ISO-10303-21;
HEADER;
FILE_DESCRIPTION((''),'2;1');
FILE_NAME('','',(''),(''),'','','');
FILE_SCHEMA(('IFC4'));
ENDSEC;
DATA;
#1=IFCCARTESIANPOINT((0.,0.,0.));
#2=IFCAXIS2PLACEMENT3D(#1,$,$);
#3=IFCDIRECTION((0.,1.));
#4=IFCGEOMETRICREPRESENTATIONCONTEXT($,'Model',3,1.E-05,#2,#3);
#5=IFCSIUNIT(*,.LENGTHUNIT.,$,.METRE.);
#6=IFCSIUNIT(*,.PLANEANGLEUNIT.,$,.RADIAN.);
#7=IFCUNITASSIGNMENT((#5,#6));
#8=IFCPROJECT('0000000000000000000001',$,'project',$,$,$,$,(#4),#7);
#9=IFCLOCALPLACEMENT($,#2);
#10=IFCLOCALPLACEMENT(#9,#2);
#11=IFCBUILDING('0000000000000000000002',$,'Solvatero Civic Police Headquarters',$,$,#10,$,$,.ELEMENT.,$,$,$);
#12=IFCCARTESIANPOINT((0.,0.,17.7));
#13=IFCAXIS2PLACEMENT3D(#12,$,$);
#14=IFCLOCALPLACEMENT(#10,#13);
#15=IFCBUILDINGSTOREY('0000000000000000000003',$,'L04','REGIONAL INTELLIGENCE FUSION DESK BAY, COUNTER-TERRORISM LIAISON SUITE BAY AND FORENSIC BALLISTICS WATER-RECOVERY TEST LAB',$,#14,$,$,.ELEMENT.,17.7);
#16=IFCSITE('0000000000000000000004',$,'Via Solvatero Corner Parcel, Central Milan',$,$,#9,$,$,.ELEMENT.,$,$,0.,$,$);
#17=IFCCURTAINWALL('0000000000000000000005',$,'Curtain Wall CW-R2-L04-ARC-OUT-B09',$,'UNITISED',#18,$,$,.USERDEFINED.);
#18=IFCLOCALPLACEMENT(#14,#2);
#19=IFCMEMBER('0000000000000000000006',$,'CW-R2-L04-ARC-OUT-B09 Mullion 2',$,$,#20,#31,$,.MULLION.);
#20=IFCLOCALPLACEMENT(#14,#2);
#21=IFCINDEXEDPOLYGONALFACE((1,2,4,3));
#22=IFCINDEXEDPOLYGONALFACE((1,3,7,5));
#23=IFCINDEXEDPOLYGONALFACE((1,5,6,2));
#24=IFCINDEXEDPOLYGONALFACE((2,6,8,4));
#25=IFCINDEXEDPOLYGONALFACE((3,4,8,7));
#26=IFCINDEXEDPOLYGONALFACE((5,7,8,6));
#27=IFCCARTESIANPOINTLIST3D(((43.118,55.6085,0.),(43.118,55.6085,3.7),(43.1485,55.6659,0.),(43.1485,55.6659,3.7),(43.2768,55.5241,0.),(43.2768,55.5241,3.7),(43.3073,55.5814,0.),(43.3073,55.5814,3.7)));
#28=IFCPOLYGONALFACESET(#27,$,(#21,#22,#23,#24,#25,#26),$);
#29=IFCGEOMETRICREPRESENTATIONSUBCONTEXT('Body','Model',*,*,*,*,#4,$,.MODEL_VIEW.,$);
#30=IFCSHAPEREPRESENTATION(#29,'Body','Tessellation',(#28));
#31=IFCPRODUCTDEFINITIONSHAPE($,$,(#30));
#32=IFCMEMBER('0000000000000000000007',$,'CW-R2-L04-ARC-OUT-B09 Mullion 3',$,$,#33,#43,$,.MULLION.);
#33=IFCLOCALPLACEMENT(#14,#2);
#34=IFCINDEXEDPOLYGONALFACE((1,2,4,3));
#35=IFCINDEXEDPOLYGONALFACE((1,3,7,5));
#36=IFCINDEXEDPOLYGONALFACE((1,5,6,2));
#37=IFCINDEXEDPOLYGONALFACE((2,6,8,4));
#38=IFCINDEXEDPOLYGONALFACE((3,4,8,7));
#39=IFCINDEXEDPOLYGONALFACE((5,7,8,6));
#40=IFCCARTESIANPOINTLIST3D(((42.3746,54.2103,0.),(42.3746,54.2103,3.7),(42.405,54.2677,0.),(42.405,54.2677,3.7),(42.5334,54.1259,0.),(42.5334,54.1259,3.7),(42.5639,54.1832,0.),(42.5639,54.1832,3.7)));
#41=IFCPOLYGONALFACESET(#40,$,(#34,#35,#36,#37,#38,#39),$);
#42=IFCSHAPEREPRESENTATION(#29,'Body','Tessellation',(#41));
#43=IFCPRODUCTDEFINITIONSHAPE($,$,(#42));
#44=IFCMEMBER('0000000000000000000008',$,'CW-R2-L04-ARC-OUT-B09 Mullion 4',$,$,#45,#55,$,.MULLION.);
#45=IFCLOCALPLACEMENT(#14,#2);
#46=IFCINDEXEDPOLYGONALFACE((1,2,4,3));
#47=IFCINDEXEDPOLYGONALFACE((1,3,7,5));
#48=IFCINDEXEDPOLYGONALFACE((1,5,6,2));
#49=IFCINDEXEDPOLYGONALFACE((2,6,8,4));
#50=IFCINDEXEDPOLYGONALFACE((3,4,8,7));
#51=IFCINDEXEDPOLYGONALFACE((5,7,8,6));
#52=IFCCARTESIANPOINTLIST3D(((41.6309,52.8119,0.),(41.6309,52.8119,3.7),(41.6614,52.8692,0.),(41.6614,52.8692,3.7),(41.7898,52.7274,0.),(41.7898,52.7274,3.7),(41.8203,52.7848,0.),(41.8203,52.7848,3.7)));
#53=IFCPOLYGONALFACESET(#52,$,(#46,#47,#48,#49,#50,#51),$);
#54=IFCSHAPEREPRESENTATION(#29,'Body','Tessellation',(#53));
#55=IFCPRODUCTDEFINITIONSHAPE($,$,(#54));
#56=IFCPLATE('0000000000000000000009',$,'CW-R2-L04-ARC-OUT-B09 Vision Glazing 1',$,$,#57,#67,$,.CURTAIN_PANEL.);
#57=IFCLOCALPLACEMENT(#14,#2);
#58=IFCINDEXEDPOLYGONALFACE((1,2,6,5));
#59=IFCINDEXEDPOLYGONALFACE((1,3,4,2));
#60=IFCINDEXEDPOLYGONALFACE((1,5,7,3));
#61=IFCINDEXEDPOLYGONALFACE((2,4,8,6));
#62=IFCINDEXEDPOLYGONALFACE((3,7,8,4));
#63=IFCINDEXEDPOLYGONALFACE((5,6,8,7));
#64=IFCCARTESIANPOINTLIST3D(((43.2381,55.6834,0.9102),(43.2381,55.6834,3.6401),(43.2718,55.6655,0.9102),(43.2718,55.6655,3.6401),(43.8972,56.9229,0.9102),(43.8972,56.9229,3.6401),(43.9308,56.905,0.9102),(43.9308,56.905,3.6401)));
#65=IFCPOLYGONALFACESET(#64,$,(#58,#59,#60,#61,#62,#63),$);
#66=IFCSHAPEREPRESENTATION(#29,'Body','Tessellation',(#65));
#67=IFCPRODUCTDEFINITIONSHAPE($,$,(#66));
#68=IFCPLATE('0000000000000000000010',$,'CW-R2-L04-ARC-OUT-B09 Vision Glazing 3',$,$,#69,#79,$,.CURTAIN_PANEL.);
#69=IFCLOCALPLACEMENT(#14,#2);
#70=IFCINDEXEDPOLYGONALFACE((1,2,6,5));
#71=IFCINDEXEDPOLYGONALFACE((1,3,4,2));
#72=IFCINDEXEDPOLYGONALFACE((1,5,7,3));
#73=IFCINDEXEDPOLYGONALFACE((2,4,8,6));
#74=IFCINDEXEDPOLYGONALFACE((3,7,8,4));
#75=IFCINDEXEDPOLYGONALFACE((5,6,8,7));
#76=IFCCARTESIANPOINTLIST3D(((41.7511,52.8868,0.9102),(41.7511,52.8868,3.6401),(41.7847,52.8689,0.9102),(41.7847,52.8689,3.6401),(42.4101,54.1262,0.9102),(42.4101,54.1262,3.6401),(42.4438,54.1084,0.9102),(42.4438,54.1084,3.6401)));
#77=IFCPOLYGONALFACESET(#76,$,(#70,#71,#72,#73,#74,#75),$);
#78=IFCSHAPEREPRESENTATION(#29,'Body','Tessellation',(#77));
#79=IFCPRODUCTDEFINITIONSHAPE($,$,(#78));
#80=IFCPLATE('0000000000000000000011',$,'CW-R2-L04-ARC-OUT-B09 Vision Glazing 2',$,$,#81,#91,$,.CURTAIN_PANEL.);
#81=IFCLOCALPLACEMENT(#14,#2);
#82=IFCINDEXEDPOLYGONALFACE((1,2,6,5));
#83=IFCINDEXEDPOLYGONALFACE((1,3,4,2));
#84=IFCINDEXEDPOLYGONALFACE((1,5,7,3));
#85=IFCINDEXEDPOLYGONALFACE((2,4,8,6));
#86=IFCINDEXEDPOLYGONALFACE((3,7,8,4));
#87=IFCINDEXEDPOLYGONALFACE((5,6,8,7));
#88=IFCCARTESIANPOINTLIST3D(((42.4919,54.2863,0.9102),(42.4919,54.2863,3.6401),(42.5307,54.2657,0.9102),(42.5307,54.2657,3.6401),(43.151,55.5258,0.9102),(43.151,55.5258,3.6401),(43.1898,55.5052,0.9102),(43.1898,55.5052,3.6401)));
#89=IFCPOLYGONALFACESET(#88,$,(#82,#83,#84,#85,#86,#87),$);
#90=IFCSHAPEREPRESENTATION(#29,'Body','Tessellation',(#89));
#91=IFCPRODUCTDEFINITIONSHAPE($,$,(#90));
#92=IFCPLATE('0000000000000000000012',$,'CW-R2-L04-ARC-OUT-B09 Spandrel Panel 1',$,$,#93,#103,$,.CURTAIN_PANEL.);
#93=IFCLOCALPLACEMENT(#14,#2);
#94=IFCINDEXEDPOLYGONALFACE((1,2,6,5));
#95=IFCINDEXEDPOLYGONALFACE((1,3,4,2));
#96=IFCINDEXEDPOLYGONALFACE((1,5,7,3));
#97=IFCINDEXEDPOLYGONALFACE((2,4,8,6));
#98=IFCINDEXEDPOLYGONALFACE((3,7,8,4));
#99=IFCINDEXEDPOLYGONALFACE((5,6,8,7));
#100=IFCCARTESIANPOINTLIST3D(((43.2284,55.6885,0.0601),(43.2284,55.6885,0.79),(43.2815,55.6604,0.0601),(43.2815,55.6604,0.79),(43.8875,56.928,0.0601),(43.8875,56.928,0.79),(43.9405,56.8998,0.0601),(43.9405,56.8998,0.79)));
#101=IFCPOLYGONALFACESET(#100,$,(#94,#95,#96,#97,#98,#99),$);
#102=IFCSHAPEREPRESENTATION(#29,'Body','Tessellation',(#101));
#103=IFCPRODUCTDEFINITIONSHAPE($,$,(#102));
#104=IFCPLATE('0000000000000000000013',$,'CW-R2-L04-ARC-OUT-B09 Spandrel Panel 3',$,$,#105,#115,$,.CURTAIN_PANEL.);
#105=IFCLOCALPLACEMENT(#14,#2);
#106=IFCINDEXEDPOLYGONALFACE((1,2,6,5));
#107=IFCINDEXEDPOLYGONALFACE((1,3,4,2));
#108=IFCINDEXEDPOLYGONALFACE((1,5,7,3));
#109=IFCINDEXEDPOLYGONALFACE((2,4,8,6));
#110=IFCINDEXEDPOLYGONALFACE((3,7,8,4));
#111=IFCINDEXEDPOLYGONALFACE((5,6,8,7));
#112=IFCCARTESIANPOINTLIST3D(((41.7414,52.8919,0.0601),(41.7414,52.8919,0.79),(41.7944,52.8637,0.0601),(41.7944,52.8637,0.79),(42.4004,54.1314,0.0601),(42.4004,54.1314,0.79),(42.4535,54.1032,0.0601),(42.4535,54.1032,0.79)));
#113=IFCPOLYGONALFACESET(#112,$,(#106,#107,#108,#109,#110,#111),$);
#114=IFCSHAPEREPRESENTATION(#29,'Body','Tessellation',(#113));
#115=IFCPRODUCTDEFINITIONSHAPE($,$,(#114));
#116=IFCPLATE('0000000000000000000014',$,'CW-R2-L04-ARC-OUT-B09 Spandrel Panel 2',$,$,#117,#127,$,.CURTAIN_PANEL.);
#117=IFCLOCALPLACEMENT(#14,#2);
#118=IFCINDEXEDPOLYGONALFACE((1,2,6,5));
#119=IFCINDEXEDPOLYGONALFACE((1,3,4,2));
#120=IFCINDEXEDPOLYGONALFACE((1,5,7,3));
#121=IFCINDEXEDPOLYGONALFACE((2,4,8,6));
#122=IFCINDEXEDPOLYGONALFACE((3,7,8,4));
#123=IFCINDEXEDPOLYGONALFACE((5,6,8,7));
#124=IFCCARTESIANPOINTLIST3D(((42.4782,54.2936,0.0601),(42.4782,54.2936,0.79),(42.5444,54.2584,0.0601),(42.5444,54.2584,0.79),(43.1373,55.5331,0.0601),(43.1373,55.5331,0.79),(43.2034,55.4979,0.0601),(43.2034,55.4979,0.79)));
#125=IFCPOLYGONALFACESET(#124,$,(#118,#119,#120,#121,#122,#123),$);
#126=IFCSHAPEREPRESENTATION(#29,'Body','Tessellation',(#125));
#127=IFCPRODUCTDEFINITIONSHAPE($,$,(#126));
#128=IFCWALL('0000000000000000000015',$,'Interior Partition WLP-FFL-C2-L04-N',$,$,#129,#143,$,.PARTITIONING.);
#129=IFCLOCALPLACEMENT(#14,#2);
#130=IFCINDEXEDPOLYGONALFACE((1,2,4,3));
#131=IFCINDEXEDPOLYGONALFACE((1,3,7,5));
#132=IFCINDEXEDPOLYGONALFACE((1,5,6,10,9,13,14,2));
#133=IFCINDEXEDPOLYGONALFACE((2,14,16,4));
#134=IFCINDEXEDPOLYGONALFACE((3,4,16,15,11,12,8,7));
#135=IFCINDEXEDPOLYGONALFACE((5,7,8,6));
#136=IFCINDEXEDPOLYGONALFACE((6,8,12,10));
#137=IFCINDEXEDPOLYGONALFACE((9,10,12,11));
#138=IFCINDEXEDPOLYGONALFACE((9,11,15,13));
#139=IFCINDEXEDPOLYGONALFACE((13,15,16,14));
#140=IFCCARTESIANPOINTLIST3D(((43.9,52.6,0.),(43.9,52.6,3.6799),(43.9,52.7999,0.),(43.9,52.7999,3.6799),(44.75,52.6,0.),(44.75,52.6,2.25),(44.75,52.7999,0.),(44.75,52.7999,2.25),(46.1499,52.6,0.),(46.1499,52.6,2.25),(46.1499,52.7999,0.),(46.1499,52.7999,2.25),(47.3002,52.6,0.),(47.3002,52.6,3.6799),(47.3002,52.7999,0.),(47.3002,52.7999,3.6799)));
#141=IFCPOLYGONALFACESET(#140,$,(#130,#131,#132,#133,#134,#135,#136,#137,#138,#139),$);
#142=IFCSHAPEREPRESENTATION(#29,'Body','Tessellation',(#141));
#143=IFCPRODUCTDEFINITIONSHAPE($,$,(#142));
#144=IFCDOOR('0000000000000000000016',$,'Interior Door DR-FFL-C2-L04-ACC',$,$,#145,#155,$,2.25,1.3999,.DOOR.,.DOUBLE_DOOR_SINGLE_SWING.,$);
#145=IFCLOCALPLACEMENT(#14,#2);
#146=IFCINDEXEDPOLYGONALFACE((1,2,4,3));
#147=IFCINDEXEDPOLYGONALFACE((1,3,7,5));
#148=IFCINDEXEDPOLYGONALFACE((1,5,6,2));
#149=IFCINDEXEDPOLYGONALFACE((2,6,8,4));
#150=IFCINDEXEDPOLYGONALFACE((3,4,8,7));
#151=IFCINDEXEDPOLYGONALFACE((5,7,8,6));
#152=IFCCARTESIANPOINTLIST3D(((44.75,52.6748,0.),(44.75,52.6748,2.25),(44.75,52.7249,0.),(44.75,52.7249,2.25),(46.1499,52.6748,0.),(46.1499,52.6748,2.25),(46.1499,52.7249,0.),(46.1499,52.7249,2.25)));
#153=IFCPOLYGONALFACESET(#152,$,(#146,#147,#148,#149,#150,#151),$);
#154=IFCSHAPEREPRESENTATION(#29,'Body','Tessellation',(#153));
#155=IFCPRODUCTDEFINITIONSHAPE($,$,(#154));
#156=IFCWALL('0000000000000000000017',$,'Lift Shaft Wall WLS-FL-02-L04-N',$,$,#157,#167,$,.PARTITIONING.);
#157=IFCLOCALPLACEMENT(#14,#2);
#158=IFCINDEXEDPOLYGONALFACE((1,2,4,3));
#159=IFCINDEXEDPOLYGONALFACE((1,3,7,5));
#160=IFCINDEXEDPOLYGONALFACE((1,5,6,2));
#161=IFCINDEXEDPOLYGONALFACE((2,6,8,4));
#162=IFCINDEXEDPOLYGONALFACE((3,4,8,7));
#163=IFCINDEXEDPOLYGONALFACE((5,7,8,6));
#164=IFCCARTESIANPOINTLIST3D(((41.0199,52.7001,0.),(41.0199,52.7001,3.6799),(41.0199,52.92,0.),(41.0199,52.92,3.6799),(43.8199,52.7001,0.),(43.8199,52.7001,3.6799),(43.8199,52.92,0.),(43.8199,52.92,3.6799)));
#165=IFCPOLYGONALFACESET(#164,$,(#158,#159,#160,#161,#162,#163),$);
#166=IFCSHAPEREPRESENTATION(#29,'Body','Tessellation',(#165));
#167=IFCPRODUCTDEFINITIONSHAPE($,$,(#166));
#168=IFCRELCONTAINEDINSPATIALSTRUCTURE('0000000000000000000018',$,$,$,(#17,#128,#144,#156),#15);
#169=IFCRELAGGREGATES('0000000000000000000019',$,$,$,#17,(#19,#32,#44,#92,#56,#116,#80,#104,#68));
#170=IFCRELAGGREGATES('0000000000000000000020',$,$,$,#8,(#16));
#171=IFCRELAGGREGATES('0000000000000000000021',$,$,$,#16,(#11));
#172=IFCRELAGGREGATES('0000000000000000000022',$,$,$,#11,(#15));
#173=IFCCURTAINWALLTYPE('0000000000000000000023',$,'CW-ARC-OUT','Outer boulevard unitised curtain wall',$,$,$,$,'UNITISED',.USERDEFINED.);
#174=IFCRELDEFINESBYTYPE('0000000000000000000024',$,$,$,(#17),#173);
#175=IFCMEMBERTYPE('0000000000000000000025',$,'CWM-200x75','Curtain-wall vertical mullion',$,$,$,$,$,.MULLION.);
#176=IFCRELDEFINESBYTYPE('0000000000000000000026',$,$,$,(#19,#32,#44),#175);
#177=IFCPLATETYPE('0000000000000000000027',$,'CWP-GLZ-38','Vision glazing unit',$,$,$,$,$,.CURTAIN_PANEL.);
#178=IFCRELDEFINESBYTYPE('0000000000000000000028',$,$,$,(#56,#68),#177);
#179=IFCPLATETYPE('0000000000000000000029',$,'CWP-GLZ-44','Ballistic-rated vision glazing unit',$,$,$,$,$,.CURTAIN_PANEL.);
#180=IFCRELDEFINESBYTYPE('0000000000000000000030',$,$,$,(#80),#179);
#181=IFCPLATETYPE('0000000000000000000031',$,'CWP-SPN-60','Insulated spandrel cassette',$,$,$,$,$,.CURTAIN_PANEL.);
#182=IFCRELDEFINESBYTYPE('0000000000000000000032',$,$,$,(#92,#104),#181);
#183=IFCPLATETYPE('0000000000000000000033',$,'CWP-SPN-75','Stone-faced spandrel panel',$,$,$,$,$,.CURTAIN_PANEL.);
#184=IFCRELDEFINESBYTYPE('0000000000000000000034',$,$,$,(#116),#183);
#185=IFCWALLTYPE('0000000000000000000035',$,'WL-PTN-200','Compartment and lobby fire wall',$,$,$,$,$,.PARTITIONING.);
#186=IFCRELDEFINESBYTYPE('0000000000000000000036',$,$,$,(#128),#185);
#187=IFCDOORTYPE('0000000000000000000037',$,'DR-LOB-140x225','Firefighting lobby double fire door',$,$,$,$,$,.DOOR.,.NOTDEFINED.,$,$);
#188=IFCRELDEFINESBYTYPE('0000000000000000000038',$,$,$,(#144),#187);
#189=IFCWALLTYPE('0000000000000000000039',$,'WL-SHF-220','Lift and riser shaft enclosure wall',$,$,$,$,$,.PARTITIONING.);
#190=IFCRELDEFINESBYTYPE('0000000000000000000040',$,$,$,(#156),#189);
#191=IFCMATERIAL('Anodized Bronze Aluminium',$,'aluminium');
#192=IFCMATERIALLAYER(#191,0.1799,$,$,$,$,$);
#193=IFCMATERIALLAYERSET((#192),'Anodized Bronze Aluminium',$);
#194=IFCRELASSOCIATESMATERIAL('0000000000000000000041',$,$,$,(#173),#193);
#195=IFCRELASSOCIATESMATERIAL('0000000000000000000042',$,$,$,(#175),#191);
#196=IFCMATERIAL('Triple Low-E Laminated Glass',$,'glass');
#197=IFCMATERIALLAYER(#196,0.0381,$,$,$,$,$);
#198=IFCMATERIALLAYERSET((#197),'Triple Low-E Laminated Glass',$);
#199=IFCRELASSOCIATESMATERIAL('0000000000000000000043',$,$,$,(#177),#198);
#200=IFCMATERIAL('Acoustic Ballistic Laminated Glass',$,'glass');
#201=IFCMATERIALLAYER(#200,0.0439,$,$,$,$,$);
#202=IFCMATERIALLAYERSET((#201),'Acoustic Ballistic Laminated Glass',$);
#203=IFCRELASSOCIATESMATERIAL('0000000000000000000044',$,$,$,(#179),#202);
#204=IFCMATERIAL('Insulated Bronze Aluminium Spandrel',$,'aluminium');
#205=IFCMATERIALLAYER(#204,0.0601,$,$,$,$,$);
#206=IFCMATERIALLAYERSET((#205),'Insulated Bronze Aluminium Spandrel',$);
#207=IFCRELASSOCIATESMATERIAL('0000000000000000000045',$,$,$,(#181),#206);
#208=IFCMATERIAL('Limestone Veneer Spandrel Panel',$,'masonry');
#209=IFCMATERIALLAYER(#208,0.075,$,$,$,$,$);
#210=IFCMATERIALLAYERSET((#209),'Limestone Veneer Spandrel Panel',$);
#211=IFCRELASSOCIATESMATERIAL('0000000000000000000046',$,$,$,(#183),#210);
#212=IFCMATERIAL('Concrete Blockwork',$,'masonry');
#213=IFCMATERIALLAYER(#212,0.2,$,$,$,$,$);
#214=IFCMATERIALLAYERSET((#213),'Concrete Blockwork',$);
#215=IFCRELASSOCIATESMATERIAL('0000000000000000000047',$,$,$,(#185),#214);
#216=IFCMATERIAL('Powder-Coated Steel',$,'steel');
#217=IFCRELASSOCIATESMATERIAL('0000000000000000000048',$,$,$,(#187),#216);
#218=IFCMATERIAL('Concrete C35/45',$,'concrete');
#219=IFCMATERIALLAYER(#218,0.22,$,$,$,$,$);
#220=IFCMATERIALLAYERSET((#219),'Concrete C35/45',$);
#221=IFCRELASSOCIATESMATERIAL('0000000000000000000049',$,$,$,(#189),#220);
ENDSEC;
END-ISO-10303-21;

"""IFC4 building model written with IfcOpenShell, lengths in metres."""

from ifc_helpers import new_model, si_unit, direction, frame, frame_2d, origin, origin_2d, place, context, subcontext, project, spatial, rectangle, extrude, material, layer, layer_set, material_profile, profile_set, type_object, element, fill, aggregate, save


model = new_model("IFC4")

# Units and contexts
model_context = context("Model", 3, precision=1e-05, world=origin(), true_north=direction((0.0, 1.0)))
body_context = subcontext(model_context, "Body", "Model", "MODEL_VIEW")
ifc_project = project(units=[si_unit("LENGTHUNIT", "METRE"), si_unit("PLANEANGLEUNIT", "RADIAN")], contexts=[model_context])

# Site, building, storey
site_placement = place(None, origin())
site = spatial("IfcSite", under=ifc_project, at=site_placement, Name="Via Solvatero Corner Parcel, Central Milan", CompositionType="ELEMENT", RefElevation=0.0)
building_placement = place(site_placement, origin())
building = spatial("IfcBuilding", under=site, at=building_placement, Name="Solvatero Civic Police Headquarters", CompositionType="ELEMENT")
storey_placement = place(building_placement, frame((0.0, 0.0, 17.7)))
storey = spatial("IfcBuildingStorey", under=building, at=storey_placement, Name="L04", Description="REGIONAL INTELLIGENCE FUSION DESK BAY, COUNTER-TERRORISM LIAISON SUITE BAY AND FORENSIC BALLISTICS WATER-RECOVERY TEST LAB", CompositionType="ELEMENT", Elevation=17.7)

# Curtain wall, members, plates
ifc_material_1 = material(Name="Anodized Bronze Aluminium", Category="aluminium")
ifc_layer_1 = layer(ifc_material_1, 0.1799)
ifc_layer_set_1 = layer_set([ifc_layer_1], Name="Anodized Bronze Aluminium")
curtain_wall_type = type_object("IfcCurtainWallType", Name="CW-ARC-OUT", Description="Outer boulevard unitised curtain wall", ElementType="UNITISED", PredefinedType="USERDEFINED", material=ifc_layer_set_1)
curtain_wall_placement = place(storey_placement, origin())
curtain_wall = element("IfcCurtainWall", 1, at=curtain_wall_placement, inside=storey, type_object=curtain_wall_type, Name="Curtain Wall CW-R2-L04-ARC-OUT-B09", ObjectType="UNITISED", PredefinedType="USERDEFINED")
ifc_material_profile = material_profile(ifc_material_1, rectangle(XDim=0.0649, YDim=0.1799, at=origin_2d()), Name="ALU MULLION 65x180")
ifc_profile_set = profile_set([ifc_material_profile], Name="Anodized Bronze Aluminium")
member_type = type_object("IfcMemberType", Name="CWM-200x75", Description="Curtain-wall vertical mullion", PredefinedType="MULLION", material=ifc_profile_set)
member_1_placement = place(storey_placement, frame((43.2126, 55.595, 0.0), z_axis=(0.0, 0.0, 1.0), x_axis=(-0.469487, -0.882939, 0.0)))
member_1 = element("IfcMember", 2, at=member_1_placement, type_object=member_type, Name="CW-R2-L04-ARC-OUT-B09 Mullion 2", PredefinedType="MULLION", context=body_context, shape_type="SweptSolid", body=[
    extrude(rectangle(XDim=0.0649, YDim=0.1799, at=origin_2d()), origin(), (0.0, 0.0, 1.0), 3.7),
])
member_2_placement = place(storey_placement, frame((42.4692, 54.1968, 0.0), z_axis=(0.0, 0.0, 1.0), x_axis=(-0.469487, -0.882939, 0.0)))
member_2 = element("IfcMember", 3, at=member_2_placement, type_object=member_type, Name="CW-R2-L04-ARC-OUT-B09 Mullion 3", PredefinedType="MULLION", context=body_context, shape_type="SweptSolid", body=[
    extrude(rectangle(XDim=0.0649, YDim=0.1799, at=origin_2d()), origin(), (0.0, 0.0, 1.0), 3.7),
])
member_3_placement = place(storey_placement, frame((41.7256, 52.7983, 0.0), z_axis=(0.0, 0.0, 1.0), x_axis=(-0.469487, -0.882939, 0.0)))
member_3 = element("IfcMember", 4, at=member_3_placement, type_object=member_type, Name="CW-R2-L04-ARC-OUT-B09 Mullion 4", PredefinedType="MULLION", context=body_context, shape_type="SweptSolid", body=[
    extrude(rectangle(XDim=0.0649, YDim=0.1799, at=origin_2d()), origin(), (0.0, 0.0, 1.0), 3.7),
])
ifc_material_2 = material(Name="Triple Low-E Laminated Glass", Category="glass")
ifc_layer_2 = layer(ifc_material_2, 0.0381)
ifc_layer_set_2 = layer_set([ifc_layer_2], Name="Triple Low-E Laminated Glass")
plate_type_1 = type_object("IfcPlateType", Name="CWP-GLZ-38", Description="Vision glazing unit", PredefinedType="CURTAIN_PANEL", material=ifc_layer_set_2)
plate_1_placement = place(storey_placement, frame((43.5845, 56.2942, 0.9102), z_axis=(0.0, 0.0, 1.0), x_axis=(-0.469487, -0.882939, 0.0)))
plate_1 = element("IfcPlate", 5, at=plate_1_placement, type_object=plate_type_1, Name="CW-R2-L04-ARC-OUT-B09 Vision Glazing 1", PredefinedType="CURTAIN_PANEL", context=body_context, shape_type="SweptSolid", body=[
    extrude(rectangle(XDim=1.4038, YDim=0.0381, at=origin_2d()), origin(), (0.0, 0.0, 1.0), 2.73),
])
plate_2_placement = place(storey_placement, frame((42.0974, 53.4976, 0.9102), z_axis=(0.0, 0.0, 1.0), x_axis=(-0.469487, -0.882939, 0.0)))
plate_2 = element("IfcPlate", 6, at=plate_2_placement, type_object=plate_type_1, Name="CW-R2-L04-ARC-OUT-B09 Vision Glazing 3", PredefinedType="CURTAIN_PANEL", context=body_context, shape_type="SweptSolid", body=[
    extrude(rectangle(XDim=1.4038, YDim=0.0381, at=origin_2d()), origin(), (0.0, 0.0, 1.0), 2.73),
])
ifc_material_3 = material(Name="Acoustic Ballistic Laminated Glass", Category="glass")
ifc_layer_3 = layer(ifc_material_3, 0.0439)
ifc_layer_set_3 = layer_set([ifc_layer_3], Name="Acoustic Ballistic Laminated Glass")
plate_type_2 = type_object("IfcPlateType", Name="CWP-GLZ-44", Description="Ballistic-rated vision glazing unit", PredefinedType="CURTAIN_PANEL", material=ifc_layer_set_3)
plate_3_placement = place(storey_placement, frame((42.8408, 54.8958, 0.9102), z_axis=(0.0, 0.0, 1.0), x_axis=(-0.469487, -0.882939, 0.0)))
plate_3 = element("IfcPlate", 7, at=plate_3_placement, type_object=plate_type_2, Name="CW-R2-L04-ARC-OUT-B09 Vision Glazing 2", PredefinedType="CURTAIN_PANEL", context=body_context, shape_type="SweptSolid", body=[
    extrude(rectangle(XDim=1.4038, YDim=0.0439, at=origin_2d()), origin(), (0.0, 0.0, 1.0), 2.73),
])
ifc_material_4 = material(Name="Insulated Bronze Aluminium Spandrel", Category="aluminium")
ifc_layer_4 = layer(ifc_material_4, 0.0601)
ifc_layer_set_4 = layer_set([ifc_layer_4], Name="Insulated Bronze Aluminium Spandrel")
plate_type_3 = type_object("IfcPlateType", Name="CWP-SPN-60", Description="Insulated spandrel cassette", PredefinedType="CURTAIN_PANEL", material=ifc_layer_set_4)
plate_4_placement = place(storey_placement, frame((43.5845, 56.2942, 0.0601), z_axis=(0.0, 0.0, 1.0), x_axis=(-0.469487, -0.882939, 0.0)))
plate_4 = element("IfcPlate", 8, at=plate_4_placement, type_object=plate_type_3, Name="CW-R2-L04-ARC-OUT-B09 Spandrel Panel 1", PredefinedType="CURTAIN_PANEL", context=body_context, shape_type="SweptSolid", body=[
    extrude(rectangle(XDim=1.4038, YDim=0.0601, at=origin_2d()), origin(), (0.0, 0.0, 1.0), 0.73),
])
plate_5_placement = place(storey_placement, frame((42.0974, 53.4976, 0.0601), z_axis=(0.0, 0.0, 1.0), x_axis=(-0.469487, -0.882939, 0.0)))
plate_5 = element("IfcPlate", 9, at=plate_5_placement, type_object=plate_type_3, Name="CW-R2-L04-ARC-OUT-B09 Spandrel Panel 3", PredefinedType="CURTAIN_PANEL", context=body_context, shape_type="SweptSolid", body=[
    extrude(rectangle(XDim=1.4038, YDim=0.0601, at=origin_2d()), origin(), (0.0, 0.0, 1.0), 0.73),
])
ifc_material_5 = material(Name="Limestone Veneer Spandrel Panel", Category="masonry")
ifc_layer_5 = layer(ifc_material_5, 0.075)
ifc_layer_set_5 = layer_set([ifc_layer_5], Name="Limestone Veneer Spandrel Panel")
plate_type_4 = type_object("IfcPlateType", Name="CWP-SPN-75", Description="Stone-faced spandrel panel", PredefinedType="CURTAIN_PANEL", material=ifc_layer_set_5)
plate_6_placement = place(storey_placement, frame((42.8408, 54.8958, 0.0601), z_axis=(0.0, 0.0, 1.0), x_axis=(-0.469487, -0.882939, 0.0)))
plate_6 = element("IfcPlate", 10, at=plate_6_placement, type_object=plate_type_4, Name="CW-R2-L04-ARC-OUT-B09 Spandrel Panel 2", PredefinedType="CURTAIN_PANEL", context=body_context, shape_type="SweptSolid", body=[
    extrude(rectangle(XDim=1.4038, YDim=0.075, at=origin_2d()), origin(), (0.0, 0.0, 1.0), 0.73),
])
aggregate(curtain_wall, [member_1, member_2, member_3, plate_4, plate_1, plate_6, plate_3, plate_5, plate_2])

# Wall, opening, door
ifc_material_6 = material(Name="Concrete Blockwork", Category="masonry")
ifc_layer_6 = layer(ifc_material_6, 0.2)
ifc_layer_set_6 = layer_set([ifc_layer_6], Name="Concrete Blockwork")
wall_type_1 = type_object("IfcWallType", Name="WL-PTN-200", Description="Compartment and lobby fire wall", PredefinedType="PARTITIONING", material=ifc_layer_set_6)
wall_1_placement = place(storey_placement, frame((43.8999, 52.7, 0.0), z_axis=(0.0, 0.0, 1.0), x_axis=(1.0, 0.0, 0.0)))
wall_1 = element("IfcWall", 11, at=wall_1_placement, inside=storey, type_object=wall_type_1, Name="Interior Partition WLP-FFL-C2-L04-N", PredefinedType="PARTITIONING", context=body_context, shape_type="SweptSolid", body=[
    extrude(rectangle(XDim=3.4001, YDim=0.2, at=frame_2d((1.7002, 0.0))), origin(), (0.0, 0.0, 1.0), 3.6799),
])
opening_placement = place(wall_1_placement, frame((0.8501, 0.0, 0.0)))
opening = element("IfcOpeningElement", 12, at=opening_placement, cuts=wall_1, PredefinedType="OPENING", context=body_context, shape_type="SweptSolid", body=[
    extrude(rectangle(XDim=1.3999, YDim=2.25, at=frame_2d((0.7, 1.125))), frame((0.0, 0.1099, 0.0), z_axis=(0.0, -1.0, 0.0), x_axis=(1.0, 0.0, 0.0)), (0.0, 0.0, 1.0), 0.22),
])
ifc_material_7 = material(Name="Powder-Coated Steel", Category="steel")
door_type = type_object("IfcDoorType", Name="DR-LOB-140x225", Description="Firefighting lobby double fire door", OperationType="NOTDEFINED", PredefinedType="DOOR", material=ifc_material_7)
door_placement = place(opening_placement, origin())
door = element("IfcDoor", 13, at=door_placement, inside=storey, type_object=door_type, Name="Interior Door DR-FFL-C2-L04-ACC", OperationType="DOUBLE_DOOR_SINGLE_SWING", OverallHeight=2.25, OverallWidth=1.3999, PredefinedType="DOOR", context=body_context, shape_type="SweptSolid", body=[
    extrude(rectangle(XDim=1.3999, YDim=2.25, at=frame_2d((0.7, 1.125))), frame((0.0, 0.0249, 0.0), z_axis=(0.0, -1.0, 0.0), x_axis=(1.0, 0.0, 0.0)), (0.0, 0.0, 1.0), 0.05),
])
fill(opening, door)

# Wall
ifc_material_8 = material(Name="Concrete C35/45", Category="concrete")
ifc_layer_7 = layer(ifc_material_8, 0.22)
ifc_layer_set_7 = layer_set([ifc_layer_7], Name="Concrete C35/45")
wall_type_2 = type_object("IfcWallType", Name="WL-SHF-220", Description="Lift and riser shaft enclosure wall", PredefinedType="PARTITIONING", material=ifc_layer_set_7)
wall_2_placement = place(storey_placement, frame((41.02, 52.8101, 0.0), z_axis=(0.0, 0.0, 1.0), x_axis=(1.0, 0.0, 0.0)))
element("IfcWall", 14, at=wall_2_placement, inside=storey, type_object=wall_type_2, Name="Lift Shaft Wall WLS-FL-02-L04-N", PredefinedType="PARTITIONING", context=body_context, shape_type="SweptSolid", body=[
    extrude(rectangle(XDim=2.8, YDim=0.22, at=frame_2d((1.3999, 0.0))), origin(), (0.0, 0.0, 1.0), 3.6799),
])

save(model, "model.ifc")
